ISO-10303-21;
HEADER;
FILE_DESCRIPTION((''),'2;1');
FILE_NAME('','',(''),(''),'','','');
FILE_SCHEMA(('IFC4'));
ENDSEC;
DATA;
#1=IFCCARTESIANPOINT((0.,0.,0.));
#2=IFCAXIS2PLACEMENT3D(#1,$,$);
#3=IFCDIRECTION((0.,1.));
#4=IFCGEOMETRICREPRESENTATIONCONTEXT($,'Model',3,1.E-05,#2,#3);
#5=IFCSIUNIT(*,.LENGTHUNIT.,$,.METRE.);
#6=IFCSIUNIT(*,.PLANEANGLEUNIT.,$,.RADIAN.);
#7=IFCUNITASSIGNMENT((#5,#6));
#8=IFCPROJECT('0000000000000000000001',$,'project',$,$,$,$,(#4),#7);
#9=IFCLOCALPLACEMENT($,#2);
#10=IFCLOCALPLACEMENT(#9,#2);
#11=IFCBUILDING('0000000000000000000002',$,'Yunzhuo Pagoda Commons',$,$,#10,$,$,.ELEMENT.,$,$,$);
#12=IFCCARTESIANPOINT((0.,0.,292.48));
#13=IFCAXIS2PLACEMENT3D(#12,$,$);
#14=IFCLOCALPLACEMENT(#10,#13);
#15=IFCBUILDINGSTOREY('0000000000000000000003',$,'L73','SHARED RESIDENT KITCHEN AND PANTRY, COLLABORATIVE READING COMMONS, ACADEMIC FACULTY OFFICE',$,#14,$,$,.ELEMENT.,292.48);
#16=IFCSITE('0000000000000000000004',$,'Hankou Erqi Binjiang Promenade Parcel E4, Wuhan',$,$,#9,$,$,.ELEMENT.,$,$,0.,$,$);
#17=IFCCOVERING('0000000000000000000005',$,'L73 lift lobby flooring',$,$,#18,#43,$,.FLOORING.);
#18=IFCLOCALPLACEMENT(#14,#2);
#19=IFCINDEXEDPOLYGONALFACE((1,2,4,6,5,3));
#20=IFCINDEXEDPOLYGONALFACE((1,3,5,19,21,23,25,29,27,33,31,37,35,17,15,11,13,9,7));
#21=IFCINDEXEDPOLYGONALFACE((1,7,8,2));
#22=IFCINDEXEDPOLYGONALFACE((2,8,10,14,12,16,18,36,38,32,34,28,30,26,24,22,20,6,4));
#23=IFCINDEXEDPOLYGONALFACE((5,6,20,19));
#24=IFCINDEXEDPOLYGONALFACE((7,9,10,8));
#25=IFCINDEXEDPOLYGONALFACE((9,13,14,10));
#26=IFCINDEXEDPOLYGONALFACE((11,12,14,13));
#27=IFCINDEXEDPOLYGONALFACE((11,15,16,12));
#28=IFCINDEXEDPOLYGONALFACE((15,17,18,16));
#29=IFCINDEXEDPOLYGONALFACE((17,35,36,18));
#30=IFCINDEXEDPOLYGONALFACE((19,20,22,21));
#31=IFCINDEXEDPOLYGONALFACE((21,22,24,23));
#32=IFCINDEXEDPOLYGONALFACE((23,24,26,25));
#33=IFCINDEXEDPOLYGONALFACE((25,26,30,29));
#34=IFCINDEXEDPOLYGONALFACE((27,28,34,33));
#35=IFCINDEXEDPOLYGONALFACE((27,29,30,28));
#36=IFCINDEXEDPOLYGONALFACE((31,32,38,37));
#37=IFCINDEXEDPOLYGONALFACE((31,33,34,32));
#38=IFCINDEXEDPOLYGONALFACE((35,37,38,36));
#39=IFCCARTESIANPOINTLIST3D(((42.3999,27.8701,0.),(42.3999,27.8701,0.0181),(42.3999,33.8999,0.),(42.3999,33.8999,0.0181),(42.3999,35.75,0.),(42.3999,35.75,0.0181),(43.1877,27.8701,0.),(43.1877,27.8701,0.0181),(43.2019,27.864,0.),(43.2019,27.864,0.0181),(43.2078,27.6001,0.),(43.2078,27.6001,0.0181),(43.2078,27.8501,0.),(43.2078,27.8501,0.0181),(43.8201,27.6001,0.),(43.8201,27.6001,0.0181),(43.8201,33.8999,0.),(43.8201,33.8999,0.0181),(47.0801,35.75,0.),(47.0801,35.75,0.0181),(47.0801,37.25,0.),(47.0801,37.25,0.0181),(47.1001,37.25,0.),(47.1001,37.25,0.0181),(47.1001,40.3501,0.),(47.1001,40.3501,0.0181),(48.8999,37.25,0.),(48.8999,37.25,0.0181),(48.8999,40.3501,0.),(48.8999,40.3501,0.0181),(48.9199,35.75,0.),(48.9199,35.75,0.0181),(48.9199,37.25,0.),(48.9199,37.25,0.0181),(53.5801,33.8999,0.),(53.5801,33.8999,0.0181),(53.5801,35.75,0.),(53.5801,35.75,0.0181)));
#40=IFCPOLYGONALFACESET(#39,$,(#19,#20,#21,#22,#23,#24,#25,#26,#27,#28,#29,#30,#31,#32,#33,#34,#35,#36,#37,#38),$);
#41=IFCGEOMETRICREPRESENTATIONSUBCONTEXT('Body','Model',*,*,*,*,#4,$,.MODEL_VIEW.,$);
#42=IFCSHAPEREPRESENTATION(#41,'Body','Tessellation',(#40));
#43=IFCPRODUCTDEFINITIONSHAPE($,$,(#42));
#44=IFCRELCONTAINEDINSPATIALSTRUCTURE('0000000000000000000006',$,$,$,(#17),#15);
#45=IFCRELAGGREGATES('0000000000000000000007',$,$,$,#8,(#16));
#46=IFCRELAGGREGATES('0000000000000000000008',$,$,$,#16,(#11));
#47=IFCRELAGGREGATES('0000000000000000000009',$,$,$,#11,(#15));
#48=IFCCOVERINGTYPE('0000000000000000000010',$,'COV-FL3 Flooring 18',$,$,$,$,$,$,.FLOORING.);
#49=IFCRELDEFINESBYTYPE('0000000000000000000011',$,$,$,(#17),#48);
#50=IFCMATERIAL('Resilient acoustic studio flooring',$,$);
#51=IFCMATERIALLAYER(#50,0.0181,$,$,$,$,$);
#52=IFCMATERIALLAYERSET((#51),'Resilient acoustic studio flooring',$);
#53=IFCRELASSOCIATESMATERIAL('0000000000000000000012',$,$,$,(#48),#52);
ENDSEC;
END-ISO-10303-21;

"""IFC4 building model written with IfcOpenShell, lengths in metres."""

from ifc_helpers import new_model, si_unit, direction, frame, origin, place, context, subcontext, project, spatial, polyline, outline, extrude, material, layer, layer_set, type_object, element, save


model = new_model("IFC4")

# Units and contexts
model_context = context("Model", 3, precision=1e-05, world=origin(), true_north=direction((0.0, 1.0)))
body_context = subcontext(model_context, "Body", "Model", "MODEL_VIEW")
ifc_project = project(units=[si_unit("LENGTHUNIT", "METRE"), si_unit("PLANEANGLEUNIT", "RADIAN")], contexts=[model_context])

# Site, building, storey
site_placement = place(None, origin())
site = spatial("IfcSite", under=ifc_project, at=site_placement, Name="Hankou Erqi Binjiang Promenade Parcel E4, Wuhan", CompositionType="ELEMENT", RefElevation=0.0)
building_placement = place(site_placement, origin())
building = spatial("IfcBuilding", under=site, at=building_placement, Name="Yunzhuo Pagoda Commons", CompositionType="ELEMENT")
storey_placement = place(building_placement, frame((0.0, 0.0, 292.48)))
storey = spatial("IfcBuildingStorey", under=building, at=storey_placement, Name="L73", Description="SHARED RESIDENT KITCHEN AND PANTRY, COLLABORATIVE READING COMMONS, ACADEMIC FACULTY OFFICE", CompositionType="ELEMENT", Elevation=292.48)

# Covering
ifc_material_1 = material(Name="Resilient acoustic studio flooring")
ifc_layer_1 = layer(ifc_material_1, 0.0181)
ifc_layer_set_1 = layer_set([ifc_layer_1], Name="Resilient acoustic studio flooring")
covering_type_1 = type_object("IfcCoveringType", Name="COV-FL3 Flooring 18", PredefinedType="FLOORING", material=ifc_layer_set_1)
covering_1_placement = place(storey_placement, origin())
element("IfcCovering", 1, at=covering_1_placement, inside=storey, type_object=covering_type_1, Name="L73 lift lobby flooring", PredefinedType="FLOORING", context=body_context, shape_type="SweptSolid", body=[
    extrude(outline(polyline([(42.3999, 35.75), (47.0801, 35.75), (47.0801, 37.25), (47.1001, 37.25), (47.1001, 40.3501), (48.8999, 40.3501), (48.8999, 37.25), (48.9199, 37.25), (48.9199, 35.75), (53.5801, 35.75), (53.5801, 33.8999), (43.8201, 33.8999), (43.8201, 27.6001), (43.2078, 27.6001), (43.2078, 27.8501), (43.2019, 27.864), (43.1877, 27.8701), (42.3999, 27.8701), (42.3999, 33.8999), (42.3999, 35.75)])), origin(), (0.0, 0.0, 1.0), 0.0181),
])

save(model, "model.ifc")
